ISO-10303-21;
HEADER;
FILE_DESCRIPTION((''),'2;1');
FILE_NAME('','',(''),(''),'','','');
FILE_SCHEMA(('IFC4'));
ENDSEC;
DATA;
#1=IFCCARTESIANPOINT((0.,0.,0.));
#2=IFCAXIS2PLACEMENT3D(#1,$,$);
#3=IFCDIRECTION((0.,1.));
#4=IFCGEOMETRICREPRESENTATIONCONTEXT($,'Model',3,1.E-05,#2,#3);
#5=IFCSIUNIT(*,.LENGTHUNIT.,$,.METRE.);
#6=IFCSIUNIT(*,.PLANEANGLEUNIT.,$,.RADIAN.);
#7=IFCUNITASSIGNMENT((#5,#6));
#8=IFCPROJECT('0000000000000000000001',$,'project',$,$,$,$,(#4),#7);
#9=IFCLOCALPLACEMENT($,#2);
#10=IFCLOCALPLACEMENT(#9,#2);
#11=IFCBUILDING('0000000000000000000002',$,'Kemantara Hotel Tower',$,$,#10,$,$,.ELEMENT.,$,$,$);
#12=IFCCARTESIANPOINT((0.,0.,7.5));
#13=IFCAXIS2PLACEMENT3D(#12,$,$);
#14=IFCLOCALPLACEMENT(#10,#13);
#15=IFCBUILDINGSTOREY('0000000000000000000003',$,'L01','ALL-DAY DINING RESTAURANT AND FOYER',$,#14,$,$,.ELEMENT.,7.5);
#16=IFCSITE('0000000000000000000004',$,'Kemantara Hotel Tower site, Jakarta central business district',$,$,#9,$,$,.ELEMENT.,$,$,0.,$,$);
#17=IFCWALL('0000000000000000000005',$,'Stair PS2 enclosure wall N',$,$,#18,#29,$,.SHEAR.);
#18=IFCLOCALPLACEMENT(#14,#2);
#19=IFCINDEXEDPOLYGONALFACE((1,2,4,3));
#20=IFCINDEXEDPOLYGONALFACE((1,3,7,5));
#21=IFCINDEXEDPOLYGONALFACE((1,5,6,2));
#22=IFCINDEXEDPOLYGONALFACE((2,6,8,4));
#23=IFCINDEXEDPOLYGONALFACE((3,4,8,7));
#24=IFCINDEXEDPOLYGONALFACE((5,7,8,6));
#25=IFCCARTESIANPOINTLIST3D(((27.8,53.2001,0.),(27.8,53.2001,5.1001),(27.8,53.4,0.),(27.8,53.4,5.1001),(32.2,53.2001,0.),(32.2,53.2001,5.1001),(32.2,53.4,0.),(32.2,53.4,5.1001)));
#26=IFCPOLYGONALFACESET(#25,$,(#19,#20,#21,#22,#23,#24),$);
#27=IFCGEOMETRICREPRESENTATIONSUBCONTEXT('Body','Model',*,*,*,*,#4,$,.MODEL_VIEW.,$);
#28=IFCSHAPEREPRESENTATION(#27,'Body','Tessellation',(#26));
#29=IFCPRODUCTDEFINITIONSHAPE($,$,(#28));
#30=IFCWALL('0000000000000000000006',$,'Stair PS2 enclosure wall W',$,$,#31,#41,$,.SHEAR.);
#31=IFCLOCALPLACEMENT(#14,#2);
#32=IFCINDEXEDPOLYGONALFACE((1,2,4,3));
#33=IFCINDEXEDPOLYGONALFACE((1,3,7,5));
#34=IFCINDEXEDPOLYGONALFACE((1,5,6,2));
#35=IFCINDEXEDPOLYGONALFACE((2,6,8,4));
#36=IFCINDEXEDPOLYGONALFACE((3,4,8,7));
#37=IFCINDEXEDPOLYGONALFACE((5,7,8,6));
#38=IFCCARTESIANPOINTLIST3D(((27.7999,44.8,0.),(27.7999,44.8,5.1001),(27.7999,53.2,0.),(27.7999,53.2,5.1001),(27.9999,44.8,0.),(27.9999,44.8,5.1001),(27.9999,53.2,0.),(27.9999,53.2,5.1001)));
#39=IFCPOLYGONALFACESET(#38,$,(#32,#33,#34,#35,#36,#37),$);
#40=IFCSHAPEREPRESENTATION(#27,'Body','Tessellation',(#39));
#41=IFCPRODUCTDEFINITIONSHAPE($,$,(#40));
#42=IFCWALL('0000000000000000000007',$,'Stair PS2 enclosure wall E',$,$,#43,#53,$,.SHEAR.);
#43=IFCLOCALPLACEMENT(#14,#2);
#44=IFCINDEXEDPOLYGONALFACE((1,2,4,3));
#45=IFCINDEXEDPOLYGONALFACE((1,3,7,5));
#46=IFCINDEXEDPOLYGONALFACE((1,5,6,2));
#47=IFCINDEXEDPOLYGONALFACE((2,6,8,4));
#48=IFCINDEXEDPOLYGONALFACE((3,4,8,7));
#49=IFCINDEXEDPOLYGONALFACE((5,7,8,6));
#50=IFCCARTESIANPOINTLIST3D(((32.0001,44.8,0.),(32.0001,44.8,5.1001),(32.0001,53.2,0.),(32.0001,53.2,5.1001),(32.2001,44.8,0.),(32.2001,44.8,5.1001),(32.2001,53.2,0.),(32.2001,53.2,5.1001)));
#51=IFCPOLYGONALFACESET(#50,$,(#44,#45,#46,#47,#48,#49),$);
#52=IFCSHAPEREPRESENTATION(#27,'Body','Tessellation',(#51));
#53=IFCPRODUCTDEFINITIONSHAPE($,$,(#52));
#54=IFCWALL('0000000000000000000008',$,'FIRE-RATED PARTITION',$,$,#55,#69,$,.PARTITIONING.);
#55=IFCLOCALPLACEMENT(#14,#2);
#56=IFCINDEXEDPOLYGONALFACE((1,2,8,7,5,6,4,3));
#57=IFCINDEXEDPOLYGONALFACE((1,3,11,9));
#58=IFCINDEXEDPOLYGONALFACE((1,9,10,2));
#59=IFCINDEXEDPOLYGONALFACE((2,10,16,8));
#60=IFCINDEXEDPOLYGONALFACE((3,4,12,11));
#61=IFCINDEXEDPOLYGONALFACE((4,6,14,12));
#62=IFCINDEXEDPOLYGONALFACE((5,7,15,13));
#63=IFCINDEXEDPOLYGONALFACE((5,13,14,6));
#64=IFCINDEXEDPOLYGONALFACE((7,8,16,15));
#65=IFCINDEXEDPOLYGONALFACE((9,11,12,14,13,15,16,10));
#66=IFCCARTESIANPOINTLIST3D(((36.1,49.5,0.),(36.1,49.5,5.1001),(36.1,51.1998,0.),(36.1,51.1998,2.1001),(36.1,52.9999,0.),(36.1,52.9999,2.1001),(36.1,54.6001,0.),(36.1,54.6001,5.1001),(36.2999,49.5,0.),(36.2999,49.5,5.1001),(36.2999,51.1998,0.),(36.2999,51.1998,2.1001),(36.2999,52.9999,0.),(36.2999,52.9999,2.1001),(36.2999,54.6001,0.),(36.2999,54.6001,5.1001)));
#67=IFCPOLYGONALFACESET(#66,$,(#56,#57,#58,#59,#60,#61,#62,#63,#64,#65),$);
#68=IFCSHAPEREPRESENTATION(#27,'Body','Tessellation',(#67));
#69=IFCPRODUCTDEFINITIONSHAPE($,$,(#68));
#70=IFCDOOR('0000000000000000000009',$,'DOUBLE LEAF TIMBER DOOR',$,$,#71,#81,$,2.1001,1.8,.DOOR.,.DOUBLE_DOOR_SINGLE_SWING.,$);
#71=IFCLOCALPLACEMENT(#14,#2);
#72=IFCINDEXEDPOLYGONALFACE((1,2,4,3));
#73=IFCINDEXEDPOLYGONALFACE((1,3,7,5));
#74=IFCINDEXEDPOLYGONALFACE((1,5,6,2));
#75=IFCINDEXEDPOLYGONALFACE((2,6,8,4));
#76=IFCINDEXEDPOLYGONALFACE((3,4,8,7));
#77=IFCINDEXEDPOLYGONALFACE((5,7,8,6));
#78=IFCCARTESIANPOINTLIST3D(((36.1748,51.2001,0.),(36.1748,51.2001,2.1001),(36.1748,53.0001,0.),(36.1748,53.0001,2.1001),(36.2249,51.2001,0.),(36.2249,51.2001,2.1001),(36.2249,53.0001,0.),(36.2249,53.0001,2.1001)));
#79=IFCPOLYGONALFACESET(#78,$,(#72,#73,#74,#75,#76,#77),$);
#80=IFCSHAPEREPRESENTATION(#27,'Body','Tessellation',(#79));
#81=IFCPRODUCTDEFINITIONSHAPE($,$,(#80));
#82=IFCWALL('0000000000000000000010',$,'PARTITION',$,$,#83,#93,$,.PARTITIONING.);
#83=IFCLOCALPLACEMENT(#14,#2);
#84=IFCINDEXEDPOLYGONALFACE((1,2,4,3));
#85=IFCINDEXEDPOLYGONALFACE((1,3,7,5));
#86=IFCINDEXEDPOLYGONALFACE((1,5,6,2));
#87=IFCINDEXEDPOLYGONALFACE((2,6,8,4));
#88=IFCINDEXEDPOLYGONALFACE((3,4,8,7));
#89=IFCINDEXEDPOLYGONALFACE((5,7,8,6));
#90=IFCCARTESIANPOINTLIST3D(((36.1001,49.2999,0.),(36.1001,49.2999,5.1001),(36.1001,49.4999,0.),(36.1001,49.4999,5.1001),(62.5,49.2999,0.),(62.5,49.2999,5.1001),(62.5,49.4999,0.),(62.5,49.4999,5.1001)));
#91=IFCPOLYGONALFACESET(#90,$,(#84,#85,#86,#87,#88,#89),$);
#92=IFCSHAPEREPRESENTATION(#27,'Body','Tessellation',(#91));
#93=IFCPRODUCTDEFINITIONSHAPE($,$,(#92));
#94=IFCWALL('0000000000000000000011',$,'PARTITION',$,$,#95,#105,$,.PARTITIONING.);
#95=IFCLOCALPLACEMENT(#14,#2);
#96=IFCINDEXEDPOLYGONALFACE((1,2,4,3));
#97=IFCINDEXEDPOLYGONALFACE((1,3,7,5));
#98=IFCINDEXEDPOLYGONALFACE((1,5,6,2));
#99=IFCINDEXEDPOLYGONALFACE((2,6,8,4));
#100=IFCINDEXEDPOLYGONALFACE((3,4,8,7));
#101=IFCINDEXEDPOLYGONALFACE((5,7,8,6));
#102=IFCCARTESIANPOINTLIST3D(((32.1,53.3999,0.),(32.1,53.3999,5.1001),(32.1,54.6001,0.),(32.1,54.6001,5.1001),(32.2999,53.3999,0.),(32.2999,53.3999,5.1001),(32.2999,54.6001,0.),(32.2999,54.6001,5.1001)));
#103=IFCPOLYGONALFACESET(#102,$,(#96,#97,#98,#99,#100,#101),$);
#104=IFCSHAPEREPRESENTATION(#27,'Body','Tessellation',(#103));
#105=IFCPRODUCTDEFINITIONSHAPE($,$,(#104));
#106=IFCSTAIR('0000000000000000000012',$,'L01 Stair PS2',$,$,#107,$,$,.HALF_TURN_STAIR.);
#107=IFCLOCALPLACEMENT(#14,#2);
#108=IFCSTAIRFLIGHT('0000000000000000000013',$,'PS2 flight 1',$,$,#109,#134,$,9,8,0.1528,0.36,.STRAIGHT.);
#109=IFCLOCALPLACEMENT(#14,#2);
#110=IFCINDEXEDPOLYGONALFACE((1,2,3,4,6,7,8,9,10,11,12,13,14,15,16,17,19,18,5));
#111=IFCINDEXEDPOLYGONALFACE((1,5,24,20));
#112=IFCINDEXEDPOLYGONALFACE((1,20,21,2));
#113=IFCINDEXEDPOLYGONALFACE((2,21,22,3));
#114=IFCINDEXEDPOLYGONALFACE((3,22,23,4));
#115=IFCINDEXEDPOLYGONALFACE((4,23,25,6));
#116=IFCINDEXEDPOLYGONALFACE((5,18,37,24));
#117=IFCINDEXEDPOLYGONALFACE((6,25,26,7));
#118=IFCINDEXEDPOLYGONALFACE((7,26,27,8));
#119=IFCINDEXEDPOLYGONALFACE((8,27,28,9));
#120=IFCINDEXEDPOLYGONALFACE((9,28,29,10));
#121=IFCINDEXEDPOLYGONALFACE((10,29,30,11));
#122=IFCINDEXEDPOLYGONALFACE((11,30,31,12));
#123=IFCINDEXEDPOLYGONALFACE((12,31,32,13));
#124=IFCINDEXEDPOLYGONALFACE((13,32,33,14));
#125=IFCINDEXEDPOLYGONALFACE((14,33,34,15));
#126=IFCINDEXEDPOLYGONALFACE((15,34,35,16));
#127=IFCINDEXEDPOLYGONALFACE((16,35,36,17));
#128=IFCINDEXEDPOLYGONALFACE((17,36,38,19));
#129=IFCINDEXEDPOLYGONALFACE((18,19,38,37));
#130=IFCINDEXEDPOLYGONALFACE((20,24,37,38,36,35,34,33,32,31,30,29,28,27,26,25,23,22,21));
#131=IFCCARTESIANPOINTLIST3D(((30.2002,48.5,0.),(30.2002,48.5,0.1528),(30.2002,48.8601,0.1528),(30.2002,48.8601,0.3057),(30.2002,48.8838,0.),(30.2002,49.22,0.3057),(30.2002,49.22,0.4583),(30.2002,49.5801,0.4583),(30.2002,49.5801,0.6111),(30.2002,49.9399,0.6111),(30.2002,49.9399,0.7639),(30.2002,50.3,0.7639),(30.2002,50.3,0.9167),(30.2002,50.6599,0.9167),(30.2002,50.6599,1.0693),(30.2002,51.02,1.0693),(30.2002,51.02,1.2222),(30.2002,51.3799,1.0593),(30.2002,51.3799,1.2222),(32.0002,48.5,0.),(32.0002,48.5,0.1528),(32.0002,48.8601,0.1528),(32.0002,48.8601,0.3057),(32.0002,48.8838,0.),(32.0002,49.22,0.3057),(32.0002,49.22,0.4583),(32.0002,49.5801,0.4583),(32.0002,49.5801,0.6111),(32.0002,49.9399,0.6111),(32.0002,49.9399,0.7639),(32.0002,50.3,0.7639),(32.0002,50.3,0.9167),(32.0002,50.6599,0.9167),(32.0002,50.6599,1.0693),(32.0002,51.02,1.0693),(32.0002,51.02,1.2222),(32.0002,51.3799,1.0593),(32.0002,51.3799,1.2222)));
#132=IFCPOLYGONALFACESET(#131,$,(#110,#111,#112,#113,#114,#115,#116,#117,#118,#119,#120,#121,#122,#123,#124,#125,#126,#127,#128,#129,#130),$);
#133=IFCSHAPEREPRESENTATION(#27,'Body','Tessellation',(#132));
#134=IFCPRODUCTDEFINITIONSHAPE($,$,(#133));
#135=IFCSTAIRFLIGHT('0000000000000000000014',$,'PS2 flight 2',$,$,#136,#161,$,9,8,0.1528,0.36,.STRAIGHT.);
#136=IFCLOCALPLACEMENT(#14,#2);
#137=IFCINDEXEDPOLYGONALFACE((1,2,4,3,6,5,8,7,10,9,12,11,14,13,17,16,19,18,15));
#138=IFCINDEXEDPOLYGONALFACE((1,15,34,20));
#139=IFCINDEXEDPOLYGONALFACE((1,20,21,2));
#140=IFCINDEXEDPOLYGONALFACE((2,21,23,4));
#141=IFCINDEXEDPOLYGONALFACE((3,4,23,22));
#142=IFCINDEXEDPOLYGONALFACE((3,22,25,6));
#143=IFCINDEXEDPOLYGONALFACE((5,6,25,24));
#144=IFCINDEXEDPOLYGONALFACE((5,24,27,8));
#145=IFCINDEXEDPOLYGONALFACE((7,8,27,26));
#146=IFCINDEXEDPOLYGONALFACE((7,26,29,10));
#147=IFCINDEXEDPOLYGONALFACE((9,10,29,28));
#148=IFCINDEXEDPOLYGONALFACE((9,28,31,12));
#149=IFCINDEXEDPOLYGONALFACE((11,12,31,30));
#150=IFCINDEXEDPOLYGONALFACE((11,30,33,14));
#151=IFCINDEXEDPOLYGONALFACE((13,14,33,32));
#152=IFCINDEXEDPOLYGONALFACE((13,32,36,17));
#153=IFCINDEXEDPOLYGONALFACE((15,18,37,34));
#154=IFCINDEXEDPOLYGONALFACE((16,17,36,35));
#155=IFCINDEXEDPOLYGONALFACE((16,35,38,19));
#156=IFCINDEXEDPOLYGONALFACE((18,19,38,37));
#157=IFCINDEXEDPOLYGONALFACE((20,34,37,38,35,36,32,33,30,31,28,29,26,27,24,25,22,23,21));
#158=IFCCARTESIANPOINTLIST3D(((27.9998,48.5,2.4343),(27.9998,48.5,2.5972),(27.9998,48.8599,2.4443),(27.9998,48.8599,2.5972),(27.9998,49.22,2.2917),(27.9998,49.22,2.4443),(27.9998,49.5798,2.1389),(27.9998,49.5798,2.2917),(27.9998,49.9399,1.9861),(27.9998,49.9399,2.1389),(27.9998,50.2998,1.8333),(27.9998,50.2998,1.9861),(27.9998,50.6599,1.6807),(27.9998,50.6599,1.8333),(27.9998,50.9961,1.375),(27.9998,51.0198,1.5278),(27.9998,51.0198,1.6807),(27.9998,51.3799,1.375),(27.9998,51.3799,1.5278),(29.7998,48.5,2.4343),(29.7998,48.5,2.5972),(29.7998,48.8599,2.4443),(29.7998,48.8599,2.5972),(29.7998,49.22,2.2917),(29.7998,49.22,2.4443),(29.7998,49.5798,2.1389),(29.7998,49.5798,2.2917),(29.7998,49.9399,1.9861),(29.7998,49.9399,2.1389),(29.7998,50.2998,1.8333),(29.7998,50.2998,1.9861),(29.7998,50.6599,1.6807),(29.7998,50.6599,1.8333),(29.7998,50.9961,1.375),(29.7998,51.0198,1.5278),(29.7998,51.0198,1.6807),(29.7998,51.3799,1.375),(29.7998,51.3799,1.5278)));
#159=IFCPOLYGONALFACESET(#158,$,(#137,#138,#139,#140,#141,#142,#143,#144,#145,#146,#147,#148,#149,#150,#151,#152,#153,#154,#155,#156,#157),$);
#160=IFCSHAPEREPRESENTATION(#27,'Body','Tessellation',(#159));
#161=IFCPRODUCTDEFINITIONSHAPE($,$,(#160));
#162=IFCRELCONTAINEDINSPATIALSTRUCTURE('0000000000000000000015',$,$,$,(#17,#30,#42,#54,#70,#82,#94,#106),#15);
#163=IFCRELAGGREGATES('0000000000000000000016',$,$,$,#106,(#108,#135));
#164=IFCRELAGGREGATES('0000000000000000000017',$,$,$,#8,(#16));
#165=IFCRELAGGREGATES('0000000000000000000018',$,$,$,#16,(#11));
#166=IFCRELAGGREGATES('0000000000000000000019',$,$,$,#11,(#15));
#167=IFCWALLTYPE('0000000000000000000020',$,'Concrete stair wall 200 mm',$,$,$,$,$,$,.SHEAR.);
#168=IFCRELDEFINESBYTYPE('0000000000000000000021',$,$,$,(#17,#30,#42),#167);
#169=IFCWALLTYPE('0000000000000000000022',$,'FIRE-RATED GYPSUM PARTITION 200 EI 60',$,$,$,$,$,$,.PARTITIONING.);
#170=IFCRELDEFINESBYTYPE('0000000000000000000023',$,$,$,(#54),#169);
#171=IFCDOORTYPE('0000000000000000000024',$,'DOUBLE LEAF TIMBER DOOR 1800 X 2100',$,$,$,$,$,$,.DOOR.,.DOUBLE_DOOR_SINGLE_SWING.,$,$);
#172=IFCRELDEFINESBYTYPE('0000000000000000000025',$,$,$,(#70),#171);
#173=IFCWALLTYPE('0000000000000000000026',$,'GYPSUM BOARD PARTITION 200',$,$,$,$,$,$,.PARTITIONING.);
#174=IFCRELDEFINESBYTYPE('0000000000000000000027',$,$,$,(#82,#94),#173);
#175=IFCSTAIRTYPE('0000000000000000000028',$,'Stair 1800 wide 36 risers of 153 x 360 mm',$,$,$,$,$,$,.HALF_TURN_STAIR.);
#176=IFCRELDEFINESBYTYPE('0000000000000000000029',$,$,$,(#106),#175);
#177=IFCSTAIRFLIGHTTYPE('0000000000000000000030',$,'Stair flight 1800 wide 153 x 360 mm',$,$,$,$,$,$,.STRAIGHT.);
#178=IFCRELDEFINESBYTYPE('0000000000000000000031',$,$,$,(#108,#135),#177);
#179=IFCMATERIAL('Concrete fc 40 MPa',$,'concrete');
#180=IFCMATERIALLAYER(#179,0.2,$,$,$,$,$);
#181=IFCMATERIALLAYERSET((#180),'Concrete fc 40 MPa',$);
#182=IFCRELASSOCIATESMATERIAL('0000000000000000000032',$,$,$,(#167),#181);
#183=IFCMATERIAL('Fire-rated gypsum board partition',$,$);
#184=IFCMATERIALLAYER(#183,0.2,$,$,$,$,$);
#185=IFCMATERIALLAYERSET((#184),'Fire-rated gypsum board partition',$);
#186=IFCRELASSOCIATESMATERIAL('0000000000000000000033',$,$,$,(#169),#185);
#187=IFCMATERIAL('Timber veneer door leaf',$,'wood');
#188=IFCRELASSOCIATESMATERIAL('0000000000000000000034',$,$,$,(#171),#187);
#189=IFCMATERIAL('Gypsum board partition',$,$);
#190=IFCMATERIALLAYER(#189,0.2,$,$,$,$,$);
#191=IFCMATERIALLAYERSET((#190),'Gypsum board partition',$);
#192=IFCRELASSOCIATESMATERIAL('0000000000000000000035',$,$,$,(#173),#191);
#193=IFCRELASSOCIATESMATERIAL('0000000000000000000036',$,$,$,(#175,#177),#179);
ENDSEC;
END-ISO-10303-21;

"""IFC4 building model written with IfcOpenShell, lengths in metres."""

from ifc_helpers import new_model, si_unit, direction, frame, frame_2d, origin, place, context, subcontext, project, spatial, polyline, rectangle, outline, extrude, material, layer, layer_set, type_object, element, fill, aggregate, save


model = new_model("IFC4")

# Units and contexts
model_context = context("Model", 3, precision=1e-05, world=origin(), true_north=direction((0.0, 1.0)))
body_context = subcontext(model_context, "Body", "Model", "MODEL_VIEW")
ifc_project = project(units=[si_unit("LENGTHUNIT", "METRE"), si_unit("PLANEANGLEUNIT", "RADIAN")], contexts=[model_context])

# Site, building, storey
site_placement = place(None, origin())
site = spatial("IfcSite", under=ifc_project, at=site_placement, Name="Kemantara Hotel Tower site, Jakarta central business district", CompositionType="ELEMENT", RefElevation=0.0)
building_placement = place(site_placement, origin())
building = spatial("IfcBuilding", under=site, at=building_placement, Name="Kemantara Hotel Tower", CompositionType="ELEMENT")
storey_placement = place(building_placement, frame((0.0, 0.0, 7.5)))
storey = spatial("IfcBuildingStorey", under=building, at=storey_placement, Name="L01", Description="ALL-DAY DINING RESTAURANT AND FOYER", CompositionType="ELEMENT", Elevation=7.5)

# Walls
ifc_material_1 = material(Name="Concrete fc 40 MPa", Category="concrete")
ifc_layer_1 = layer(ifc_material_1, 0.2)
ifc_layer_set_1 = layer_set([ifc_layer_1], Name="Concrete fc 40 MPa")
wall_type_1 = type_object("IfcWallType", Name="Concrete stair wall 200 mm", PredefinedType="SHEAR", material=ifc_layer_set_1)
wall_1_placement = place(storey_placement, frame((27.8, 53.3, 0.0), z_axis=(0.0, 0.0, 1.0), x_axis=(1.0, 0.0, 0.0)))
element("IfcWall", 1, at=wall_1_placement, inside=storey, type_object=wall_type_1, Name="Stair PS2 enclosure wall N", PredefinedType="SHEAR", context=body_context, shape_type="SweptSolid", body=[
    extrude(rectangle(XDim=4.3999, YDim=0.2, at=frame_2d((2.2, 0.0))), origin(), (0.0, 0.0, 1.0), 5.1001),
])
for number, where, z_axis, x_axis, name in (
    (2, (27.8999, 44.8, 0.0), (0.0, 0.0, 1.0), (0.0, 1.0, 0.0), "Stair PS2 enclosure wall W"),
    (3, (32.1001, 44.8, 0.0), (0.0, 0.0, 1.0), (0.0, 1.0, 0.0), "Stair PS2 enclosure wall E"),
):
    element("IfcWall", number, at=place(storey_placement, frame(where, z_axis=z_axis, x_axis=x_axis)), inside=storey, type_object=wall_type_1, Name=name, PredefinedType="SHEAR", context=body_context, shape_type="SweptSolid", body=[
        extrude(rectangle(XDim=8.3999, YDim=0.2, at=frame_2d((4.2, 0.0))), origin(), (0.0, 0.0, 1.0), 5.1001),
    ])

# Wall, opening, door
ifc_material_2 = material(Name="Fire-rated gypsum board partition")
ifc_layer_2 = layer(ifc_material_2, 0.2)
ifc_layer_set_2 = layer_set([ifc_layer_2], Name="Fire-rated gypsum board partition")
wall_type_2 = type_object("IfcWallType", Name="FIRE-RATED GYPSUM PARTITION 200 EI 60", PredefinedType="PARTITIONING", material=ifc_layer_set_2)
wall_2_placement = place(storey_placement, frame((36.2, 49.5, 0.0), z_axis=(0.0, 0.0, 1.0), x_axis=(0.0, 1.0, 0.0)))
wall_2 = element("IfcWall", 4, at=wall_2_placement, inside=storey, type_object=wall_type_2, Name="FIRE-RATED PARTITION", PredefinedType="PARTITIONING", context=body_context, shape_type="SweptSolid", body=[
    extrude(rectangle(XDim=5.1001, YDim=0.2, at=frame_2d((2.55, 0.0))), origin(), (0.0, 0.0, 1.0), 5.1001),
])
opening_placement = place(wall_2_placement, frame((1.7, 0.0, 0.0)))
opening = element("IfcOpeningElement", 5, at=opening_placement, cuts=wall_2, PredefinedType="OPENING", context=body_context, shape_type="SweptSolid", body=[
    extrude(rectangle(XDim=1.8, YDim=2.1001, at=frame_2d((0.8999, 1.05))), frame((0.0, 0.1099, 0.0), z_axis=(0.0, -1.0, 0.0), x_axis=(1.0, 0.0, 0.0)), (0.0, 0.0, 1.0), 0.22),
])
ifc_material_3 = material(Name="Timber veneer door leaf", Category="wood")
door_type = type_object("IfcDoorType", Name="DOUBLE LEAF TIMBER DOOR 1800 X 2100", OperationType="DOUBLE_DOOR_SINGLE_SWING", PredefinedType="DOOR", material=ifc_material_3)
door_placement = place(opening_placement, frame((1.8, 0.0, 0.0), z_axis=(0.0, 0.0, 1.0), x_axis=(-1.0, 0.0, 0.0)))
door = element("IfcDoor", 6, at=door_placement, inside=storey, type_object=door_type, Name="DOUBLE LEAF TIMBER DOOR", OperationType="DOUBLE_DOOR_SINGLE_SWING", OverallHeight=2.1001, OverallWidth=1.8, PredefinedType="DOOR", context=body_context, shape_type="SweptSolid", body=[
    extrude(rectangle(XDim=1.8, YDim=2.1001, at=frame_2d((0.8999, 1.05))), frame((0.0, 0.0249, 0.0), z_axis=(0.0, -1.0, 0.0), x_axis=(1.0, 0.0, 0.0)), (0.0, 0.0, 1.0), 0.05),
])
fill(opening, door)

# Walls
ifc_material_4 = material(Name="Gypsum board partition")
ifc_layer_3 = layer(ifc_material_4, 0.2)
ifc_layer_set_3 = layer_set([ifc_layer_3], Name="Gypsum board partition")
wall_type_3 = type_object("IfcWallType", Name="GYPSUM BOARD PARTITION 200", PredefinedType="PARTITIONING", material=ifc_layer_set_3)
wall_3_placement = place(storey_placement, frame((36.1001, 49.3999, 0.0), z_axis=(0.0, 0.0, 1.0), x_axis=(1.0, 0.0, 0.0)))
element("IfcWall", 7, at=wall_3_placement, inside=storey, type_object=wall_type_3, Name="PARTITION", PredefinedType="PARTITIONING", context=body_context, shape_type="SweptSolid", body=[
    extrude(rectangle(XDim=26.3999, YDim=0.2, at=frame_2d((13.2, 0.0))), origin(), (0.0, 0.0, 1.0), 5.1001),
])
wall_4_placement = place(storey_placement, frame((32.2, 53.3999, 0.0), z_axis=(0.0, 0.0, 1.0), x_axis=(0.0, 1.0, 0.0)))
element("IfcWall", 8, at=wall_4_placement, inside=storey, type_object=wall_type_3, Name="PARTITION", PredefinedType="PARTITIONING", context=body_context, shape_type="SweptSolid", body=[
    extrude(rectangle(XDim=1.2002, YDim=0.2, at=frame_2d((0.6001, 0.0))), origin(), (0.0, 0.0, 1.0), 5.1001),
])

# Stair, stair flights
stair_type = type_object("IfcStairType", Name="Stair 1800 wide 36 risers of 153 x 360 mm", PredefinedType="HALF_TURN_STAIR", material=ifc_material_1)
stair_placement = place(storey_placement, origin())
stair = element("IfcStair", 9, at=stair_placement, inside=storey, type_object=stair_type, Name="L01 Stair PS2", PredefinedType="HALF_TURN_STAIR")
stair_flight_type = type_object("IfcStairFlightType", Name="Stair flight 1800 wide 153 x 360 mm", PredefinedType="STRAIGHT", material=ifc_material_1)
stair_flight_1_placement = place(storey_placement, frame((31.1001, 48.5, 0.0), z_axis=(0.0, 0.0, 1.0), x_axis=(0.0, 1.0, 0.0)))
stair_flight_1 = element("IfcStairFlight", 10, at=stair_flight_1_placement, type_object=stair_flight_type, Name="PS2 flight 1", NumberOfRisers=9, NumberOfTreads=8, PredefinedType="STRAIGHT", RiserHeight=0.1528, TreadLength=0.36, context=body_context, shape_type="SweptSolid", body=[
    extrude(outline(polyline([(0.0, 0.0), (0.0, 0.1528), (0.3601, 0.1528), (0.3601, 0.3057), (0.72, 0.3057), (0.72, 0.4583), (1.0801, 0.4583), (1.0801, 0.6111), (1.4399, 0.6111), (1.4399, 0.7639), (1.8, 0.7639), (1.8, 0.9167), (2.1599, 0.9167), (2.1599, 1.0693), (2.52, 1.0693), (2.52, 1.2222), (2.8799, 1.2222), (2.8799, 1.375), (2.8799, 1.0593), (0.3838, 0.0), (0.0, 0.0)])), frame((0.0, 0.8999, 0.0), z_axis=(0.0, -1.0, 0.0), x_axis=(1.0, 0.0, 0.0)), (0.0, 0.0, 1.0), 1.8),
])
stair_flight_2_placement = place(storey_placement, frame((28.8999, 51.3799, 1.375), z_axis=(0.0, 0.0, 1.0), x_axis=(0.0, -1.0, 0.0)))
stair_flight_2 = element("IfcStairFlight", 11, at=stair_flight_2_placement, type_object=stair_flight_type, Name="PS2 flight 2", NumberOfRisers=9, NumberOfTreads=8, PredefinedType="STRAIGHT", RiserHeight=0.1528, TreadLength=0.36, context=body_context, shape_type="SweptSolid", body=[
    extrude(outline(polyline([(0.0, 0.0), (0.0, 0.1528), (0.3601, 0.1528), (0.3601, 0.3057), (0.72, 0.3057), (0.72, 0.4583), (1.0801, 0.4583), (1.0801, 0.6111), (1.4399, 0.6111), (1.4399, 0.7639), (1.8, 0.7639), (1.8, 0.9167), (2.1599, 0.9167), (2.1599, 1.0693), (2.52, 1.0693), (2.52, 1.2222), (2.8799, 1.2222), (2.8799, 1.375), (2.8799, 1.0593), (0.3838, 0.0), (0.0, 0.0)])), frame((0.0, 0.8999, 0.0), z_axis=(0.0, -1.0, 0.0), x_axis=(1.0, 0.0, 0.0)), (0.0, 0.0, 1.0), 1.8),
])
aggregate(stair, [stair_flight_1, stair_flight_2])

save(model, "model.ifc")
